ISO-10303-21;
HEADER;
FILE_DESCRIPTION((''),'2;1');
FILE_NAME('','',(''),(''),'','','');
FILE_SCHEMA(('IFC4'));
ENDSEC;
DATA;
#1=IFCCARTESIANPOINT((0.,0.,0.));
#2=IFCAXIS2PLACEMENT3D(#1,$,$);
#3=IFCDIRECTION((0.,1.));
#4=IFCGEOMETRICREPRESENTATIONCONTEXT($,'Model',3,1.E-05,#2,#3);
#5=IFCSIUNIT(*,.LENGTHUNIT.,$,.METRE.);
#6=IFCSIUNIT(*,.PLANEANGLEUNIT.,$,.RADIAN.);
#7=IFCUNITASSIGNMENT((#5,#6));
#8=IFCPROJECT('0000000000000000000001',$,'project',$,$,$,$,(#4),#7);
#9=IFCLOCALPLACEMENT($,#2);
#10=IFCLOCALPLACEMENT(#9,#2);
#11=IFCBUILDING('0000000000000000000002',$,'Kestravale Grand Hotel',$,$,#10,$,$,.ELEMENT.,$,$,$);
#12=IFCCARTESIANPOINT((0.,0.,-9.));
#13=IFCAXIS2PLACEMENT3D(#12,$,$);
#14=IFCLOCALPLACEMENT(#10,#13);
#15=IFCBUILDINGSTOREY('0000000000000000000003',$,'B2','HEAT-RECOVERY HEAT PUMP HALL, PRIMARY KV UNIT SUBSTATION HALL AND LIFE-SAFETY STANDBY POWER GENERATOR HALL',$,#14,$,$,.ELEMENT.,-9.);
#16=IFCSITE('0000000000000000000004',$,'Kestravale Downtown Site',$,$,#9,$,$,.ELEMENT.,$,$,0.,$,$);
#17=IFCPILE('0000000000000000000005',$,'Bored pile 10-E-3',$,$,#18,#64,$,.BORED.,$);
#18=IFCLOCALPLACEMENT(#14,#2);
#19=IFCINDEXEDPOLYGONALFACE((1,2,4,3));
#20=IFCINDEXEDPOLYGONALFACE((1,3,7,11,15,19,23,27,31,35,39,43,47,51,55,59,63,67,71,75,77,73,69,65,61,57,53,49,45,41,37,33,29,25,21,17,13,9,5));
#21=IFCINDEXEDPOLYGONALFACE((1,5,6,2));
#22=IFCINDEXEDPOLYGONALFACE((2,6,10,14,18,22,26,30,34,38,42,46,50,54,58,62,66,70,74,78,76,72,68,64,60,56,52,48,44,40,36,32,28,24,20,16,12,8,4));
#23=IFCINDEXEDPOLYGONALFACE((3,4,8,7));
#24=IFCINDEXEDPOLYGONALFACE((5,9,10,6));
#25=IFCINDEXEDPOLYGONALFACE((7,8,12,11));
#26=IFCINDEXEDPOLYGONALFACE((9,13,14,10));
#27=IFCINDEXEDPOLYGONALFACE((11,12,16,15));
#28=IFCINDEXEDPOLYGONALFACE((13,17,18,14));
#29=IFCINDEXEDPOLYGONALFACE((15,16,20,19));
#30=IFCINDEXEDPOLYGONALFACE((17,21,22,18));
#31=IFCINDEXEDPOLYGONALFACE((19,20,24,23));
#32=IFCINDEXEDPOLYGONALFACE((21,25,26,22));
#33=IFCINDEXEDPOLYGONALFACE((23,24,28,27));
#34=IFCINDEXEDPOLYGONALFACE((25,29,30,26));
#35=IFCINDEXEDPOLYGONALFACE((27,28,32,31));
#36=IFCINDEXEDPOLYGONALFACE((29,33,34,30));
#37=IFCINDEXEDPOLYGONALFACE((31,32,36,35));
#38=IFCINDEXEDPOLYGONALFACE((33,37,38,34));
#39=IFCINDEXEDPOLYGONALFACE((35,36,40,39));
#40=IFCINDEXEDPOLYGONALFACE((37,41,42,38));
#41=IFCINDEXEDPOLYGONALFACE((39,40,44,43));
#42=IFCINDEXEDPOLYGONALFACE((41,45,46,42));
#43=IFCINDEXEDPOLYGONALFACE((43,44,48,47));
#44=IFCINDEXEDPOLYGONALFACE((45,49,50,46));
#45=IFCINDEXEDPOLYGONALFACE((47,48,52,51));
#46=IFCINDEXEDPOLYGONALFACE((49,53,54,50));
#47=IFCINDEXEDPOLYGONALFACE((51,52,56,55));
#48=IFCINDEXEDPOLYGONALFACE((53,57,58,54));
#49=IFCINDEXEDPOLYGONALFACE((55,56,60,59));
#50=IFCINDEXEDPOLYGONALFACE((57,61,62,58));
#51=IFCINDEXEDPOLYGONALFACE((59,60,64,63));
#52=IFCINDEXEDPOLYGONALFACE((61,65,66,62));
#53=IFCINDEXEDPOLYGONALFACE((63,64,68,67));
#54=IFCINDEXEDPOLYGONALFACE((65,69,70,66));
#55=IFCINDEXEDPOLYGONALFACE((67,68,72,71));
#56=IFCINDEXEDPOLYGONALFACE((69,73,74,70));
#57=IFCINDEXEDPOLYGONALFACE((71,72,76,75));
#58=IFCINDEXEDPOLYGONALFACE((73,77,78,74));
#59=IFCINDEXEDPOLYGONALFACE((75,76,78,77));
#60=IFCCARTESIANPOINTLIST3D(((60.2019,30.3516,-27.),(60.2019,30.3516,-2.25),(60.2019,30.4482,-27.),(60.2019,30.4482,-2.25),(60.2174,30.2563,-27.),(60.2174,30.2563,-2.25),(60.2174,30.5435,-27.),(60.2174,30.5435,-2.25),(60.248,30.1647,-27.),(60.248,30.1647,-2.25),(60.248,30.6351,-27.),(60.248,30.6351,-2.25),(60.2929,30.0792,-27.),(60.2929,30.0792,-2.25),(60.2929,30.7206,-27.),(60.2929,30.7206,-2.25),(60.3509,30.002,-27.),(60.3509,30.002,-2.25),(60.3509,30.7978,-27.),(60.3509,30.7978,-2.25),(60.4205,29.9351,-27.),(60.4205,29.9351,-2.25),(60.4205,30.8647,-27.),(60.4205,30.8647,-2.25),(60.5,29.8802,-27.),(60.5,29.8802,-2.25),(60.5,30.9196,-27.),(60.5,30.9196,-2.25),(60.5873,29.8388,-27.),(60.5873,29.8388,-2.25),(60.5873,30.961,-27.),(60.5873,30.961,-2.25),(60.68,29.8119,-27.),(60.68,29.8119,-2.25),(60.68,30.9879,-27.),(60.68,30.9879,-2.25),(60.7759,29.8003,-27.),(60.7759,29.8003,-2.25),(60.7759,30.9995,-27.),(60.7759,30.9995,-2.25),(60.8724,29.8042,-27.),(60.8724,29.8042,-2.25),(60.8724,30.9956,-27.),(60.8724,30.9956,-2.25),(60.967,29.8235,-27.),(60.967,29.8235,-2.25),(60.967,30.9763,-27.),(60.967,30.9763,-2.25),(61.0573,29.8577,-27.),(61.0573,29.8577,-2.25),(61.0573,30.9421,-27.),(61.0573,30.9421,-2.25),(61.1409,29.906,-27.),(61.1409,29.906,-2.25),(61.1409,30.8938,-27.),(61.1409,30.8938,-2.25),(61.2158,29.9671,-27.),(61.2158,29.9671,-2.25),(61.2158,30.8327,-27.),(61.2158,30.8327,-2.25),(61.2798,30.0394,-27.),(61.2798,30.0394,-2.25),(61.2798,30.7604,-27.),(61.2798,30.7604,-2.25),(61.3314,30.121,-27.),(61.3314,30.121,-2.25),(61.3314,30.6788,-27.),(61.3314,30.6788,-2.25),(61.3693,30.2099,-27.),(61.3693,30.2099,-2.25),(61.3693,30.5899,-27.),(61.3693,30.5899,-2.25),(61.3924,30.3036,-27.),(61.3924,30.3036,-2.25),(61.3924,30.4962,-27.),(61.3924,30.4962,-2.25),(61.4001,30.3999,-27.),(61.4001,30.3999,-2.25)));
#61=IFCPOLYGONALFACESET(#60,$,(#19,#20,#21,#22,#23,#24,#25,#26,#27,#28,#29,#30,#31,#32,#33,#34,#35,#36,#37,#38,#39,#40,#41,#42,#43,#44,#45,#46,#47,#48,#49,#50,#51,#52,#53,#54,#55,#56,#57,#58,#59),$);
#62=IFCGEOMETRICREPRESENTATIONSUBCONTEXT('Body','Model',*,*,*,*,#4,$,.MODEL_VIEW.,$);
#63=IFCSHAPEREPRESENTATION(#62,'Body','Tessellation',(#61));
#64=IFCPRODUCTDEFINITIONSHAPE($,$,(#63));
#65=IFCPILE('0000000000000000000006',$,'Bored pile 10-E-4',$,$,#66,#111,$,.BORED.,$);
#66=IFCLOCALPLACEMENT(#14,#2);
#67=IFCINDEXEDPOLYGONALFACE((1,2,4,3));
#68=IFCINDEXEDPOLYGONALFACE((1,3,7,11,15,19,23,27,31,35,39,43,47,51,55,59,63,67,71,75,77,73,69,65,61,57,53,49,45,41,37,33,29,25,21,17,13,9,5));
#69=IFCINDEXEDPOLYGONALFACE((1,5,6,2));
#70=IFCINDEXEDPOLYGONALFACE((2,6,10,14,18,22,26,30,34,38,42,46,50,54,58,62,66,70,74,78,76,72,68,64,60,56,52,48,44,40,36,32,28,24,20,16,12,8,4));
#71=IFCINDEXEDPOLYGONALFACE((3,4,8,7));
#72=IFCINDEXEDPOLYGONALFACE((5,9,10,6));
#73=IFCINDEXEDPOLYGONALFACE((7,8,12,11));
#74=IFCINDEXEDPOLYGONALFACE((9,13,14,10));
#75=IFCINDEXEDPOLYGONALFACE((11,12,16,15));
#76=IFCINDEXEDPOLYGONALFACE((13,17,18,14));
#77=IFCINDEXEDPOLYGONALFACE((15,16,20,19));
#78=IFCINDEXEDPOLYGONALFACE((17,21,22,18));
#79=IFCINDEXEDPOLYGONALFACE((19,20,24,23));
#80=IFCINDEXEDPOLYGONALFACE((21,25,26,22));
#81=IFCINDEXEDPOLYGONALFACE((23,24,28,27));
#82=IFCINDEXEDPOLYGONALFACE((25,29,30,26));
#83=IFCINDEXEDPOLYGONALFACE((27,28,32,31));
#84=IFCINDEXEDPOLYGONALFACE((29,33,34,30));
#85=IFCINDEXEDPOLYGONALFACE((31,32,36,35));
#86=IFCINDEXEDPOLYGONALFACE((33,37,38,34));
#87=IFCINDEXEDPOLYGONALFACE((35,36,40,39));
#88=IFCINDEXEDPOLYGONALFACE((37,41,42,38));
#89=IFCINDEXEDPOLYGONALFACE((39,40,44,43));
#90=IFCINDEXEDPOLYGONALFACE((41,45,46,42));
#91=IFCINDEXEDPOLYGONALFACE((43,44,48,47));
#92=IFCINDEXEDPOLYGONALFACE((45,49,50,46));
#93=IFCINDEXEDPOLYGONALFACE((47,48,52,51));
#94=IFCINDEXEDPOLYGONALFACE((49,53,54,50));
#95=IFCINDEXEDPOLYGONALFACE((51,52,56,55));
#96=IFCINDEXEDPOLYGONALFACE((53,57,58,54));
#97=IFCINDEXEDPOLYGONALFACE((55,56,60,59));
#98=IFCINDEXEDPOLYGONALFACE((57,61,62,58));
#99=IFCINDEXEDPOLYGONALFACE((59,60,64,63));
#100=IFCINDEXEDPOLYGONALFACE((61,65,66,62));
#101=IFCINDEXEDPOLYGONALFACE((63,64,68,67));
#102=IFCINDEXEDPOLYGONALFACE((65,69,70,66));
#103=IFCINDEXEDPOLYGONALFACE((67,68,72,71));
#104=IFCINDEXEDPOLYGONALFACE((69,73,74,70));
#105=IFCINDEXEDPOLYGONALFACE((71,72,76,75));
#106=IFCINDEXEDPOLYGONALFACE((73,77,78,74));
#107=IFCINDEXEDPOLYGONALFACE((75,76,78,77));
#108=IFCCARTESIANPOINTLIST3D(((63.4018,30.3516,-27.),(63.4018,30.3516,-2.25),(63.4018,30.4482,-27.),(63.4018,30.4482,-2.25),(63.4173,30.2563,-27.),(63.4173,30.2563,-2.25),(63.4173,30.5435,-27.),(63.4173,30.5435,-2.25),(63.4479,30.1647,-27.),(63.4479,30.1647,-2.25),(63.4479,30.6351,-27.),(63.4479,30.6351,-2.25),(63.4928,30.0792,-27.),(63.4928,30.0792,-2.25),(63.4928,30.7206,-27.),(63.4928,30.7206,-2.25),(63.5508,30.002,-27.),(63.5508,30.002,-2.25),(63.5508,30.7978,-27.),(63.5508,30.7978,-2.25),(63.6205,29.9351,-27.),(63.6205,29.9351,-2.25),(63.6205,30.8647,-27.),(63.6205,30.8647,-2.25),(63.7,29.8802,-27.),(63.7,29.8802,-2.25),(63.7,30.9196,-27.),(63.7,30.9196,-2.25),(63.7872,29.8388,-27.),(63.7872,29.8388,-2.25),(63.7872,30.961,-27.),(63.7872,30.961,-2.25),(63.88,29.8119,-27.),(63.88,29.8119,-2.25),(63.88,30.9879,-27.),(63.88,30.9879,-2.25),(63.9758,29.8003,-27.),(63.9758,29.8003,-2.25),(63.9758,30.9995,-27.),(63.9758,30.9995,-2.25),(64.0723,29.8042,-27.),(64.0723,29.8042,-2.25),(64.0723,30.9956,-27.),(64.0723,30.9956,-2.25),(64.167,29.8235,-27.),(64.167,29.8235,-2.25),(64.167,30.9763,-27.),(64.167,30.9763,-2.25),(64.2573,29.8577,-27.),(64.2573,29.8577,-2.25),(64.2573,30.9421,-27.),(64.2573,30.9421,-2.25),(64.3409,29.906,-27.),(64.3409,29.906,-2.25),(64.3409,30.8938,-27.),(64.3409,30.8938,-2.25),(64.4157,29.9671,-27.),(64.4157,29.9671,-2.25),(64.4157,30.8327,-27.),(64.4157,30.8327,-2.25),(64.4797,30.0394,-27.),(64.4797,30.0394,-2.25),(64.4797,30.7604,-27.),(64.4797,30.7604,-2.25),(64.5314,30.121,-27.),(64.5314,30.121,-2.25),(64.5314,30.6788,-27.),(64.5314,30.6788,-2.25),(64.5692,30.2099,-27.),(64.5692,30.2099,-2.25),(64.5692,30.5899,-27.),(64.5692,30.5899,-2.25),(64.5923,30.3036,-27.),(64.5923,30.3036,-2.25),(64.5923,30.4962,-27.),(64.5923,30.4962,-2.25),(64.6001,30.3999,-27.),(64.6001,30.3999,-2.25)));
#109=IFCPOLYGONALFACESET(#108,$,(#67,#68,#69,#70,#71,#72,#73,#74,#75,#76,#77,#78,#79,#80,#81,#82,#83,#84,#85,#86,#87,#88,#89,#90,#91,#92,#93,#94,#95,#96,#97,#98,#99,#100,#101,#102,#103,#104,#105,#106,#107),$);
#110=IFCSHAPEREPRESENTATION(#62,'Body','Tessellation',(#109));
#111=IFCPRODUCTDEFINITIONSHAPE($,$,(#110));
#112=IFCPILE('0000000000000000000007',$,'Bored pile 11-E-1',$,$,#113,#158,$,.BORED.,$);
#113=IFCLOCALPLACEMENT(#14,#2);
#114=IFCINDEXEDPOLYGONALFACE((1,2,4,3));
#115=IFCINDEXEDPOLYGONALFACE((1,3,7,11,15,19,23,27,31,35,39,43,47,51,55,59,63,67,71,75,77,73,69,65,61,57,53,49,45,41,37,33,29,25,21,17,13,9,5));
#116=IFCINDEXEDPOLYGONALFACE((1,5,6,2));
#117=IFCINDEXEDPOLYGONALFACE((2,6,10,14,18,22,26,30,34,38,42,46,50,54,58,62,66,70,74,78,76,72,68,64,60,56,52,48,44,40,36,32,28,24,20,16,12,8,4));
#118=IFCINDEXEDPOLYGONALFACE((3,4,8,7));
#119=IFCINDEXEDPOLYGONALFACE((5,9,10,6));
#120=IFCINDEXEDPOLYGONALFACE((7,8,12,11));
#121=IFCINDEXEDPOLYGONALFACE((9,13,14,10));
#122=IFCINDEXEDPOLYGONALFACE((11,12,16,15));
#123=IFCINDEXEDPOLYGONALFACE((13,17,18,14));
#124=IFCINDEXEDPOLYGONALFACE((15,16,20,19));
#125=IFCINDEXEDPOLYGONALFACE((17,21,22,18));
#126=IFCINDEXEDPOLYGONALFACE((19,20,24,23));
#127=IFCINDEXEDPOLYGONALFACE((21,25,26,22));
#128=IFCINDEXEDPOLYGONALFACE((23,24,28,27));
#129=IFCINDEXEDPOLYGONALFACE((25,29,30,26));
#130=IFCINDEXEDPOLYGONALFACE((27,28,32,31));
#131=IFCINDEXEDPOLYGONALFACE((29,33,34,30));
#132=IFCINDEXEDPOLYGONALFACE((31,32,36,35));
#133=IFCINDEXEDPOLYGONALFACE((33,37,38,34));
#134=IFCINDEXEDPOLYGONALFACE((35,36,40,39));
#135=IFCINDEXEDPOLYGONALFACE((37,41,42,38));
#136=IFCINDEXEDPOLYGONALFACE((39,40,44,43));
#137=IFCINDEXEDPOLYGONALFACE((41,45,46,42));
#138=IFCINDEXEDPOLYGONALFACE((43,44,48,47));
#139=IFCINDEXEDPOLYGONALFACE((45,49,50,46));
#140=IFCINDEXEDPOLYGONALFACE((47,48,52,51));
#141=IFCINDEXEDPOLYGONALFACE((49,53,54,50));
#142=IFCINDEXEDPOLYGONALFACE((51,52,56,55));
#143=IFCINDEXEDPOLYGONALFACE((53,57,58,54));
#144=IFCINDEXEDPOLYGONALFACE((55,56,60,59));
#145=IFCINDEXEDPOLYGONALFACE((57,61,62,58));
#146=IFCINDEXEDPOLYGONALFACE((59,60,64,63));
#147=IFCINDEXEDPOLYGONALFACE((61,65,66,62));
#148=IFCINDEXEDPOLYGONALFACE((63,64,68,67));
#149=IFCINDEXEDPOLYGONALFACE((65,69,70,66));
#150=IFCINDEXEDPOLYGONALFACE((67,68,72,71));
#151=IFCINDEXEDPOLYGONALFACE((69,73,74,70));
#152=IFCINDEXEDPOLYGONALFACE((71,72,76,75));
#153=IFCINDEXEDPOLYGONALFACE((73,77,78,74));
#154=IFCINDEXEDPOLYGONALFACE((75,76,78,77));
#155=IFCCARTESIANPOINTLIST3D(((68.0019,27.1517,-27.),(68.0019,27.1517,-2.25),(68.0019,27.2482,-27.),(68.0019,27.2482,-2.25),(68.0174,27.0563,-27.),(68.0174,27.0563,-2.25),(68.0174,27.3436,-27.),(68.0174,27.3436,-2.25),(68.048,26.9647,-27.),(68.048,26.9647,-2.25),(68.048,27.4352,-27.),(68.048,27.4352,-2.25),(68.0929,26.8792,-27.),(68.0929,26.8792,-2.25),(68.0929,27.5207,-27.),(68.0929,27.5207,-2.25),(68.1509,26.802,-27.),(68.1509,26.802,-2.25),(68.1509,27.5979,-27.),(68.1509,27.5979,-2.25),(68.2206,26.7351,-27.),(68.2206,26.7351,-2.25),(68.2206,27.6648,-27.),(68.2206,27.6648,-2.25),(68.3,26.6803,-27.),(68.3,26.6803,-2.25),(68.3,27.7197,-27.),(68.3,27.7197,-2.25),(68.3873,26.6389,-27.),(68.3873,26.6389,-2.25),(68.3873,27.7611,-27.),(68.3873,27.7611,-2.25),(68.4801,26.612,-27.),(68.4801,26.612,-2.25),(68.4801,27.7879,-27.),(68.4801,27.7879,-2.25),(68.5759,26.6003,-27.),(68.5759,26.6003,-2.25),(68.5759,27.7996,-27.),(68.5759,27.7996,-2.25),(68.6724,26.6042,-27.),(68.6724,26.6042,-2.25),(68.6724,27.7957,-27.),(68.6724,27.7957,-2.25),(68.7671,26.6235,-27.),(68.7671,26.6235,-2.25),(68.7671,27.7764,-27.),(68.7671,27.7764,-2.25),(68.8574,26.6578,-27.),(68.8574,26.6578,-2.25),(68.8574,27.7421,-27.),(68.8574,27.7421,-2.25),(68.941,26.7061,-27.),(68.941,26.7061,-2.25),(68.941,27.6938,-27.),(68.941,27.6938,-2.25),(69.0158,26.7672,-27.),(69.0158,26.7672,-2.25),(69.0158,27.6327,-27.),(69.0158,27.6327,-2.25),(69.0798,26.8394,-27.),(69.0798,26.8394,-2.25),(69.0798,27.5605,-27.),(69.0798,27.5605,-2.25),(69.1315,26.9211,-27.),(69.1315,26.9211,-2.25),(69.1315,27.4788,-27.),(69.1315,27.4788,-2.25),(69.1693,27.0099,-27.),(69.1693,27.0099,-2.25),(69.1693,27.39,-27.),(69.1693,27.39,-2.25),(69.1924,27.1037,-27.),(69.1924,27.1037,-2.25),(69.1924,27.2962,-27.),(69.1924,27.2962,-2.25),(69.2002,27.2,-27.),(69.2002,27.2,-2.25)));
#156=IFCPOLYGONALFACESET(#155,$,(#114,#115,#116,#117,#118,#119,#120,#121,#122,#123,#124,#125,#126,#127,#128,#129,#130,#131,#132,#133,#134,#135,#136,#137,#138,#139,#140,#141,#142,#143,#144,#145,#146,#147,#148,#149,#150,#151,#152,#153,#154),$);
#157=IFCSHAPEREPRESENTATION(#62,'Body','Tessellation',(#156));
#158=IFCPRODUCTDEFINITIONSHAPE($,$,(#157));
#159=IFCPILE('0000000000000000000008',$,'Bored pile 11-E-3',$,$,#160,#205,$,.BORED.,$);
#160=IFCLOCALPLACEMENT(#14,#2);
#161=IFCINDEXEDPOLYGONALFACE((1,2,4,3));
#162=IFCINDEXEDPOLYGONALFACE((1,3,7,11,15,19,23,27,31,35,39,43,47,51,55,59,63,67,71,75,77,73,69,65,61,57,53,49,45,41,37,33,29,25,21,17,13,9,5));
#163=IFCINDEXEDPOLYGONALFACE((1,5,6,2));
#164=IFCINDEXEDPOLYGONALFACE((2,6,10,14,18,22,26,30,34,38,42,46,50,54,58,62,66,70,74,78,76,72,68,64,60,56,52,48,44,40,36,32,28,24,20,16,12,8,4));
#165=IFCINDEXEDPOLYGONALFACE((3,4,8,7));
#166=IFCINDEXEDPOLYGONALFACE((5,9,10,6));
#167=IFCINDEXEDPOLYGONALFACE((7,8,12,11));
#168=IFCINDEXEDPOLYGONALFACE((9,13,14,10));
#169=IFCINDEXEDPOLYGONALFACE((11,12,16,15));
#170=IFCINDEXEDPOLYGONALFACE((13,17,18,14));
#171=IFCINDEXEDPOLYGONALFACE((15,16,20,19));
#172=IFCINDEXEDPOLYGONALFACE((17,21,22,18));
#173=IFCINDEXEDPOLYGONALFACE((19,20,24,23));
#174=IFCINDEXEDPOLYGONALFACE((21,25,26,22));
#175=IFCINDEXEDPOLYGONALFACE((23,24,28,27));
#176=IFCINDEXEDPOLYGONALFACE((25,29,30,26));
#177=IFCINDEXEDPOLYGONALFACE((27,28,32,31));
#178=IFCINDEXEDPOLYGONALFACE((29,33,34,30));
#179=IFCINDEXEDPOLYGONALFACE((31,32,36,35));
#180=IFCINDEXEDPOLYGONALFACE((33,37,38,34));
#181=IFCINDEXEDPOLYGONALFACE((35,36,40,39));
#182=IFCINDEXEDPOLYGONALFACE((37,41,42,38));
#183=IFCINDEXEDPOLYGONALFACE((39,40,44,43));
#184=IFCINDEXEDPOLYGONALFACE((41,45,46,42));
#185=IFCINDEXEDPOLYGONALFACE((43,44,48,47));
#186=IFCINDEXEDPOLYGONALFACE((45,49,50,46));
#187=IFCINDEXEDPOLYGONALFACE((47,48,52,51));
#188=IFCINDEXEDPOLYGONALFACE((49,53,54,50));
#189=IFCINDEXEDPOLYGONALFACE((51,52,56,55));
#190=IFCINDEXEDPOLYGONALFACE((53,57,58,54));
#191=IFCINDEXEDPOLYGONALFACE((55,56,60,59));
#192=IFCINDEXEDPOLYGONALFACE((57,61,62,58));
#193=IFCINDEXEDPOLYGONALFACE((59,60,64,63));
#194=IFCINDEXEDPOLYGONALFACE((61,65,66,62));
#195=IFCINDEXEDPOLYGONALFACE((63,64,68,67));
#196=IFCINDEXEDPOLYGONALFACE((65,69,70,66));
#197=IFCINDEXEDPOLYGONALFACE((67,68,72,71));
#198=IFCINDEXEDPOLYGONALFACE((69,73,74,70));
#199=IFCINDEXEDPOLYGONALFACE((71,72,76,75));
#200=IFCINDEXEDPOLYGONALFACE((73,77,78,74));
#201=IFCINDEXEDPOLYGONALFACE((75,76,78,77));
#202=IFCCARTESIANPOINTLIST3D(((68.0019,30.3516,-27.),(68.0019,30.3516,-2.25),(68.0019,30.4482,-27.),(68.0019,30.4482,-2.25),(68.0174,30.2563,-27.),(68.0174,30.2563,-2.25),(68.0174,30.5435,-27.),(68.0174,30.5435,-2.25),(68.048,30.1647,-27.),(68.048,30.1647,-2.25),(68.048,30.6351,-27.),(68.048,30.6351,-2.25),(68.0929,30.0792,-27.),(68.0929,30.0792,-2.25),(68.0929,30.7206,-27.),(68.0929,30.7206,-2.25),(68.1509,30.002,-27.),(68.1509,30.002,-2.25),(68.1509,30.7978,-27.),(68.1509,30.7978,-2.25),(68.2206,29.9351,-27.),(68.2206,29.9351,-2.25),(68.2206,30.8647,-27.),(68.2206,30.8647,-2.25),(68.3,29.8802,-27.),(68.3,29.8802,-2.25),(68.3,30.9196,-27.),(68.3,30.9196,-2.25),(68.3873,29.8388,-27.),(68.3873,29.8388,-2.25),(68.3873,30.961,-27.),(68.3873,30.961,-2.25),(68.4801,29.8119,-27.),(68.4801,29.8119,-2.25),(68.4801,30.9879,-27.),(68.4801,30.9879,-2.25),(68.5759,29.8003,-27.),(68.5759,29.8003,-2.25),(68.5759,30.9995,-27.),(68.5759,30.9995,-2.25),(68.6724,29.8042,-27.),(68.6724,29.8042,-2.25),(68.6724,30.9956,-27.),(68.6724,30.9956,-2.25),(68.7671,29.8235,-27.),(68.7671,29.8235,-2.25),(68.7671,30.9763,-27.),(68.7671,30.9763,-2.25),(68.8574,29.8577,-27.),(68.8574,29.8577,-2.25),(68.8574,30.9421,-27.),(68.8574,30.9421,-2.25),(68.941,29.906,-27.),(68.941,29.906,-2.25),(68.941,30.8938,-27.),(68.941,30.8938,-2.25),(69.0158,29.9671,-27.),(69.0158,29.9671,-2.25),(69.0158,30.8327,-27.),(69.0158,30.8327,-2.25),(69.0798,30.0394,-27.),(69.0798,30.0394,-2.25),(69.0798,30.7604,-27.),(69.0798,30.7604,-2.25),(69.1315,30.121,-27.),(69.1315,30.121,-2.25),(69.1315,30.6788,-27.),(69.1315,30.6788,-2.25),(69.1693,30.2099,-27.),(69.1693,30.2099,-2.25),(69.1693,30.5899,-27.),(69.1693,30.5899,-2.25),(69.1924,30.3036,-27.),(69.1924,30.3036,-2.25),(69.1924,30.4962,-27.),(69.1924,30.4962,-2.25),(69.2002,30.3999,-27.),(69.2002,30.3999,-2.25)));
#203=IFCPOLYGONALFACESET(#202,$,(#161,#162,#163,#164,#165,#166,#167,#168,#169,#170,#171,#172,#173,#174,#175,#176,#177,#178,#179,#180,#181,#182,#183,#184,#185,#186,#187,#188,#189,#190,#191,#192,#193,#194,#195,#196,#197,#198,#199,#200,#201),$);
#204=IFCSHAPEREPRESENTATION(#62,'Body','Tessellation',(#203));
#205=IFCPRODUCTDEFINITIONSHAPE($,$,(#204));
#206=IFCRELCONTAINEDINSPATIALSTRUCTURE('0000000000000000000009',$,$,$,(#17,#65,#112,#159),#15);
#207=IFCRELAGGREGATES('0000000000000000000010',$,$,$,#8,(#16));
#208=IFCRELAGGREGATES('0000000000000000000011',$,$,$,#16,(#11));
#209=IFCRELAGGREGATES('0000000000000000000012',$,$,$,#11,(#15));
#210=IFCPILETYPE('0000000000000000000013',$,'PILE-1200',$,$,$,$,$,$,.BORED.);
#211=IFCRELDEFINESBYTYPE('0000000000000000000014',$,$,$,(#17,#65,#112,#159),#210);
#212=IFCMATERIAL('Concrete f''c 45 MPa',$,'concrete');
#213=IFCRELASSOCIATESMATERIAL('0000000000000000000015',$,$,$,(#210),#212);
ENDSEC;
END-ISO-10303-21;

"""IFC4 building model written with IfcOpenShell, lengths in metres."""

from ifc_helpers import new_model, si_unit, direction, frame, origin, origin_2d, place, context, subcontext, project, spatial, circle, extrude, material, material_profile, profile_set, type_object, element, save


model = new_model("IFC4")

# Units and contexts
model_context = context("Model", 3, precision=1e-05, world=origin(), true_north=direction((0.0, 1.0)))
body_context = subcontext(model_context, "Body", "Model", "MODEL_VIEW")
ifc_project = project(units=[si_unit("LENGTHUNIT", "METRE"), si_unit("PLANEANGLEUNIT", "RADIAN")], contexts=[model_context])

# Site, building, storey
site_placement = place(None, origin())
site = spatial("IfcSite", under=ifc_project, at=site_placement, Name="Kestravale Downtown Site", CompositionType="ELEMENT", RefElevation=0.0)
building_placement = place(site_placement, origin())
building = spatial("IfcBuilding", under=site, at=building_placement, Name="Kestravale Grand Hotel", CompositionType="ELEMENT")
storey_placement = place(building_placement, frame((0.0, 0.0, -9.0)))
storey = spatial("IfcBuildingStorey", under=building, at=storey_placement, Name="B2", Description="HEAT-RECOVERY HEAT PUMP HALL, PRIMARY KV UNIT SUBSTATION HALL AND LIFE-SAFETY STANDBY POWER GENERATOR HALL", CompositionType="ELEMENT", Elevation=-9.0)

# Piles
ifc_material_1 = material(Name="Concrete f'c 45 MPa", Category="concrete")
ifc_material_profile_1 = material_profile(ifc_material_1, circle(Radius=0.6001, at=origin_2d()))
ifc_profile_set_1 = profile_set([ifc_material_profile_1], Name="Concrete f'c 45 MPa")
pile_type_1 = type_object("IfcPileType", Name="PILE-1200", PredefinedType="BORED", material=ifc_profile_set_1)
for number, where, z_axis, x_axis, name in (
    (1, (60.8, 30.3999, -2.25), (0.0, 0.0, -1.0), (1.0, 0.0, 0.0), "Bored pile 10-E-3"),
    (2, (64.0, 30.3999, -2.25), (0.0, 0.0, -1.0), (1.0, 0.0, 0.0), "Bored pile 10-E-4"),
    (3, (68.6001, 27.2, -2.25), (0.0, 0.0, -1.0), (1.0, 0.0, 0.0), "Bored pile 11-E-1"),
    (4, (68.6001, 30.3999, -2.25), (0.0, 0.0, -1.0), (1.0, 0.0, 0.0), "Bored pile 11-E-3"),
):
    element("IfcPile", number, at=place(storey_placement, frame(where, z_axis=z_axis, x_axis=x_axis)), inside=storey, type_object=pile_type_1, Name=name, PredefinedType="BORED", context=body_context, shape_type="SweptSolid", body=[
        extrude(circle(Radius=0.6001, at=origin_2d()), origin(), (0.0, 0.0, 1.0), 24.75),
    ])

save(model, "model.ifc")
